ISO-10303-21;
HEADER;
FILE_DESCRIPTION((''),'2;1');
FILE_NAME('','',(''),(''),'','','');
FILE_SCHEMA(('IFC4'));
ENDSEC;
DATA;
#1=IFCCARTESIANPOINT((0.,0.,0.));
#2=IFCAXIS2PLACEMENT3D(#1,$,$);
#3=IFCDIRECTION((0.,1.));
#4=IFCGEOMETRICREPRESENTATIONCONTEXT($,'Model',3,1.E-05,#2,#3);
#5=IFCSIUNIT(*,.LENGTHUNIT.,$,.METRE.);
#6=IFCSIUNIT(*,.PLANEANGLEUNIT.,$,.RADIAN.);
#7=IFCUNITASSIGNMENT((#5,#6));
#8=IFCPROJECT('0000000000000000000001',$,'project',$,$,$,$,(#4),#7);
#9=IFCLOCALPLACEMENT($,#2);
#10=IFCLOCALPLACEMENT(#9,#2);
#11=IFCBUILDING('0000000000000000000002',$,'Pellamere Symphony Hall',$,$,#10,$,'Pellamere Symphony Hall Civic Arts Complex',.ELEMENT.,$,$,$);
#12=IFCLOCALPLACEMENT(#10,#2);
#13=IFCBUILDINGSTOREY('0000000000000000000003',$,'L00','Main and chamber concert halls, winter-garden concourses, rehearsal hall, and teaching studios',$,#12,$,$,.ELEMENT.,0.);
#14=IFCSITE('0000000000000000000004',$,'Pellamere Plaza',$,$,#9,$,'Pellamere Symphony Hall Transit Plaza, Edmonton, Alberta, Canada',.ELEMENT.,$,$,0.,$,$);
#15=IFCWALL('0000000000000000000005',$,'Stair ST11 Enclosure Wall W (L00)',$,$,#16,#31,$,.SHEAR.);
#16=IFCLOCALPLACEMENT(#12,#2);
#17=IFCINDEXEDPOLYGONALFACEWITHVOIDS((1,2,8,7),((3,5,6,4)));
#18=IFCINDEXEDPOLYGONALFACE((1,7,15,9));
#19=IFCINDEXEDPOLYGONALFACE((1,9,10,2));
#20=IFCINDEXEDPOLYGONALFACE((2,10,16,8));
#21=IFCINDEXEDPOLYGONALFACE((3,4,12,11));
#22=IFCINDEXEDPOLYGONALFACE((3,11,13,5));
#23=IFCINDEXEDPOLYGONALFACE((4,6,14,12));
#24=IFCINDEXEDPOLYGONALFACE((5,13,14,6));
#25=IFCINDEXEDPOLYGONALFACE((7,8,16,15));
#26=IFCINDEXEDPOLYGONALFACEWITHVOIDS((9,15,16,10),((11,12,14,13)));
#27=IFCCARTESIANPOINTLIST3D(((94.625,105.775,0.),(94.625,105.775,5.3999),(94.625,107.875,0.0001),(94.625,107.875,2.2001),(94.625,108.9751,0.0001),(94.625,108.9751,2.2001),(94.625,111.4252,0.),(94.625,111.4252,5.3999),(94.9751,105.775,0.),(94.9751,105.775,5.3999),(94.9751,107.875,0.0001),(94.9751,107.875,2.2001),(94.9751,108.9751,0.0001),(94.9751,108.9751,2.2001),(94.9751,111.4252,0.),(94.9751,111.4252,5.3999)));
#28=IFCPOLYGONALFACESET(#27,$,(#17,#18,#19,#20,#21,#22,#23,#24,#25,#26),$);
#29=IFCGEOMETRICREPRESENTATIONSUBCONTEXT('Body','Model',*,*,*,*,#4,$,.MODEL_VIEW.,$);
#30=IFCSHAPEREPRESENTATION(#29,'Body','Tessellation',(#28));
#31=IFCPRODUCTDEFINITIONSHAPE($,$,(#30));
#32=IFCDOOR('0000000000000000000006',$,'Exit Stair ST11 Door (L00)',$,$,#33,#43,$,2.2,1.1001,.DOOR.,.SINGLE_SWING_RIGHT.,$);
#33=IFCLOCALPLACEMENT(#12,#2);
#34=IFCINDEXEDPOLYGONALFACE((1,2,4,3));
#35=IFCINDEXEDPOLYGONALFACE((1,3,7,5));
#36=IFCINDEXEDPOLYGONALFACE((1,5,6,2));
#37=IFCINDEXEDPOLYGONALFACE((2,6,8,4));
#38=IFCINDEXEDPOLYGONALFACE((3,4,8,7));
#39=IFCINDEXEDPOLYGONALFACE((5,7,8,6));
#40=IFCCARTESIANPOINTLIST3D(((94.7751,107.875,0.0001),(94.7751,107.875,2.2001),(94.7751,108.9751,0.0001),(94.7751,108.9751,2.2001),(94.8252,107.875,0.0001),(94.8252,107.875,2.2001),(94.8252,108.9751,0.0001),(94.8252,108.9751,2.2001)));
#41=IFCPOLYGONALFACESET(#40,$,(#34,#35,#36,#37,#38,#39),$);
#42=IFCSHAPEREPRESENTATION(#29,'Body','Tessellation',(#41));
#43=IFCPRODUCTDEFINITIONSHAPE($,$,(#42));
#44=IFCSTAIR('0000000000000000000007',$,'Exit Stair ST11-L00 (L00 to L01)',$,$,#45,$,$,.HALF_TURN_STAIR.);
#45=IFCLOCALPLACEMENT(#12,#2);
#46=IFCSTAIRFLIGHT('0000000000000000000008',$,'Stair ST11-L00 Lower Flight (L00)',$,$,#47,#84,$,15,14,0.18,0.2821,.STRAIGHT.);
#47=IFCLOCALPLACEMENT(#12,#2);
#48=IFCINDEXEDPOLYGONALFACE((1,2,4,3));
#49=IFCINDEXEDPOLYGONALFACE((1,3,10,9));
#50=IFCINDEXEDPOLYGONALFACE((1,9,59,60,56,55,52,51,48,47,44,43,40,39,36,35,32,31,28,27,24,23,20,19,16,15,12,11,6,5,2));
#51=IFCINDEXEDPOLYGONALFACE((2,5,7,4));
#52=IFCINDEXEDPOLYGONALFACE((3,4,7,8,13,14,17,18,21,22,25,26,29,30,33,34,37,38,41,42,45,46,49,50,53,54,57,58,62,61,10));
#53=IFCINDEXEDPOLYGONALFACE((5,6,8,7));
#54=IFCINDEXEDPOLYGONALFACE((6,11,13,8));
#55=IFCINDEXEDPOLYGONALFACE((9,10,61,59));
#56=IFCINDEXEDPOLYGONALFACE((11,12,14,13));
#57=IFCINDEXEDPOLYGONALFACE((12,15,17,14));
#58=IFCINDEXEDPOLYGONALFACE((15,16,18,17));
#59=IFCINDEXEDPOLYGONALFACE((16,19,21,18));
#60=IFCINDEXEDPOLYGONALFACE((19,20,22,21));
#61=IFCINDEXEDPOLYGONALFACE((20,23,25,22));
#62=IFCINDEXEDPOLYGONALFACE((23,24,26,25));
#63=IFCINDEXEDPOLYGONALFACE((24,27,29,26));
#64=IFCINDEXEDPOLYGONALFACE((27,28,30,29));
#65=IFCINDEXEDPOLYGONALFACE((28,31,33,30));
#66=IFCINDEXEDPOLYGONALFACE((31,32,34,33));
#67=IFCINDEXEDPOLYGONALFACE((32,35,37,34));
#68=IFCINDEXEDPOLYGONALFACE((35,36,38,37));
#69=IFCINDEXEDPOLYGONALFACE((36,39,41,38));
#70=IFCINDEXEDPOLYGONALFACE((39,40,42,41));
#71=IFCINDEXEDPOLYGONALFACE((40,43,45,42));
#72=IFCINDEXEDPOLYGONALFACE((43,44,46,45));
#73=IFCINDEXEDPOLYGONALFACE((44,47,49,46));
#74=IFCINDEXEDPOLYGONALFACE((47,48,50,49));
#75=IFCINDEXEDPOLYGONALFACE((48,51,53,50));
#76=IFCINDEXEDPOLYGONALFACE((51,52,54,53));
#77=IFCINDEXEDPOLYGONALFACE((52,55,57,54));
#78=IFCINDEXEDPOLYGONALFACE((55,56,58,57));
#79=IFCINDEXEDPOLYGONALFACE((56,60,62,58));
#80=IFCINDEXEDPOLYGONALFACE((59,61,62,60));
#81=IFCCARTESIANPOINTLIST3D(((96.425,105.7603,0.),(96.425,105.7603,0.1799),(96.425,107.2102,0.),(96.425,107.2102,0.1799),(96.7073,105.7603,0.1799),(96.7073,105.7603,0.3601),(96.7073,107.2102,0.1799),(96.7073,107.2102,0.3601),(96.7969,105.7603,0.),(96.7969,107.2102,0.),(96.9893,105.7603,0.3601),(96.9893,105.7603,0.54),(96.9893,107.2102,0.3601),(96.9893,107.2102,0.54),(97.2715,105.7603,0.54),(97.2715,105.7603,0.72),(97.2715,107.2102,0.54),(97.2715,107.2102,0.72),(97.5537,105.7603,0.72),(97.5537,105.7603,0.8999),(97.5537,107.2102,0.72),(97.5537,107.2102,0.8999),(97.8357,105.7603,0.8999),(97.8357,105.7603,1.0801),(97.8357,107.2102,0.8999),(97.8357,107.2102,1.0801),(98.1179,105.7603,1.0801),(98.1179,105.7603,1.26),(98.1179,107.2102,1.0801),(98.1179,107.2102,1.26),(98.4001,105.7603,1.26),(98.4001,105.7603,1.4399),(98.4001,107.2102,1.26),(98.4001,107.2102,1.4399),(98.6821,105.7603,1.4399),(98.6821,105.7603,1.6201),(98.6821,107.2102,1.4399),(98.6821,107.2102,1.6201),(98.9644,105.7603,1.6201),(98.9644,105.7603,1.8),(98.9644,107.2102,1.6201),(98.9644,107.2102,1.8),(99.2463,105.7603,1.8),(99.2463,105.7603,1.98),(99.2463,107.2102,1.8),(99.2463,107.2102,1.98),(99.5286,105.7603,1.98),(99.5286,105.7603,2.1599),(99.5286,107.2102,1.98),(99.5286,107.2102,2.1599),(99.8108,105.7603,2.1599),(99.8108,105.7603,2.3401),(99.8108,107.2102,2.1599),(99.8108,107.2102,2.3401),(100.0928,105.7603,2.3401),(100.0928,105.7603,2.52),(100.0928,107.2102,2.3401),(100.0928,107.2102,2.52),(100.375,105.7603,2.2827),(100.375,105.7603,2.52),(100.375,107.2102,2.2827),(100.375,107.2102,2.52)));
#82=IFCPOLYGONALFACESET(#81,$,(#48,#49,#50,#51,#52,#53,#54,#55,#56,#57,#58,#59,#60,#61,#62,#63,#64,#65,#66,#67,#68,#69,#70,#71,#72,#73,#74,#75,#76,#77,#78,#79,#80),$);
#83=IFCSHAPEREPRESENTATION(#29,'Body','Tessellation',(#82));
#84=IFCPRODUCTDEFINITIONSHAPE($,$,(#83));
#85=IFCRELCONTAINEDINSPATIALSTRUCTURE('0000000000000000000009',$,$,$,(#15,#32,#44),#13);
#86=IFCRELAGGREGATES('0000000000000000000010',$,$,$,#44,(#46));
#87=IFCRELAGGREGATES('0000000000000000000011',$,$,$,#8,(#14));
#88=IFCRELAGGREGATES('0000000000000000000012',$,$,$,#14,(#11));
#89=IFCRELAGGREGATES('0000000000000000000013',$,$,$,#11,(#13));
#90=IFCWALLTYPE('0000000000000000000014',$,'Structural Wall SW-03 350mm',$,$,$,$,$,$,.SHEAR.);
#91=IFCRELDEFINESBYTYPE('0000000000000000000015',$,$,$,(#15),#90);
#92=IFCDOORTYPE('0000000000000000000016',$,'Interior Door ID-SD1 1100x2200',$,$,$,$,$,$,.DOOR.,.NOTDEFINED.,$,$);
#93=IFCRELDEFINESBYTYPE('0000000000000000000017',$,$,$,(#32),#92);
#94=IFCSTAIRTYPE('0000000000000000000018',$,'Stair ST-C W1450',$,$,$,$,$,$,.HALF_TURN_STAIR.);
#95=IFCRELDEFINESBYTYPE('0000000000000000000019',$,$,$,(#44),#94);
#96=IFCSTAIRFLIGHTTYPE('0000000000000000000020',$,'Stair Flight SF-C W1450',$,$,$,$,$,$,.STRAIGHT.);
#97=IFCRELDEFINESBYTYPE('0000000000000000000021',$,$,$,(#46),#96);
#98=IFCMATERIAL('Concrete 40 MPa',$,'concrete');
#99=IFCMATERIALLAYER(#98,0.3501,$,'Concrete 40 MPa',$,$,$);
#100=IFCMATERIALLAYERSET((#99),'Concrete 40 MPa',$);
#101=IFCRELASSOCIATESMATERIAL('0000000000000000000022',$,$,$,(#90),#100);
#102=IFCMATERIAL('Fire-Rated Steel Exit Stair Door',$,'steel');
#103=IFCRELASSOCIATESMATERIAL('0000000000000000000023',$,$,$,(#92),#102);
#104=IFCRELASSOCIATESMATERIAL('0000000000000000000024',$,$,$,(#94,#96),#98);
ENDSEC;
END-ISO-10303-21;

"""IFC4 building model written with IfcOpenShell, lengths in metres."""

from ifc_helpers import new_model, si_unit, direction, frame, frame_2d, origin, place, context, subcontext, project, spatial, polyline, rectangle, outline, extrude, material, layer, layer_set, type_object, element, fill, aggregate, save


model = new_model("IFC4")

# Units and contexts
model_context = context("Model", 3, precision=1e-05, world=origin(), true_north=direction((0.0, 1.0)))
body_context = subcontext(model_context, "Body", "Model", "MODEL_VIEW")
ifc_project = project(units=[si_unit("LENGTHUNIT", "METRE"), si_unit("PLANEANGLEUNIT", "RADIAN")], contexts=[model_context])

# Site, building, storey
site_placement = place(None, origin())
site = spatial("IfcSite", under=ifc_project, at=site_placement, Name="Pellamere Plaza", LongName="Pellamere Symphony Hall Transit Plaza, Edmonton, Alberta, Canada", CompositionType="ELEMENT", RefElevation=0.0)
building_placement = place(site_placement, origin())
building = spatial("IfcBuilding", under=site, at=building_placement, Name="Pellamere Symphony Hall", LongName="Pellamere Symphony Hall Civic Arts Complex", CompositionType="ELEMENT")
storey_placement = place(building_placement, origin())
storey = spatial("IfcBuildingStorey", under=building, at=storey_placement, Name="L00", Description="Main and chamber concert halls, winter-garden concourses, rehearsal hall, and teaching studios", CompositionType="ELEMENT", Elevation=0.0)

# Shared definitions
ifc_material_1 = material(Name="Concrete 40 MPa", Category="concrete")

# Shared definitions
ifc_layer = layer(ifc_material_1, 0.3501, Name="Concrete 40 MPa")
ifc_layer_set = layer_set([ifc_layer], Name="Concrete 40 MPa")
wall_type = type_object("IfcWallType", Name="Structural Wall SW-03 350mm", PredefinedType="SHEAR", material=ifc_layer_set)

# Wall, opening, door
wall_1_placement = place(storey_placement, frame((94.8, 105.7749, 0.0), z_axis=(0.0, 0.0, 1.0), x_axis=(0.0, 1.0, 0.0)))
wall_1 = element("IfcWall", 1, at=wall_1_placement, inside=storey, type_object=wall_type, Name="Stair ST11 Enclosure Wall W (L00)", PredefinedType="SHEAR", context=body_context, shape_type="SweptSolid", body=[
    extrude(rectangle(XDim=5.6501, YDim=0.3501, at=frame_2d((2.8252, 0.0))), origin(), (0.0, 0.0, 1.0), 5.3999),
])
opening_placement = place(wall_1_placement, frame((2.1001, 0.0, 0.0)))
opening = element("IfcOpeningElement", 2, at=opening_placement, cuts=wall_1, PredefinedType="OPENING", context=body_context, shape_type="SweptSolid", body=[
    extrude(rectangle(XDim=1.1001, YDim=2.2, at=frame_2d((0.55, 1.1001))), frame((0.0, 0.1851, 0.0), z_axis=(0.0, -1.0, 0.0), x_axis=(1.0, 0.0, 0.0)), (0.0, 0.0, 1.0), 0.3701),
])
ifc_material_2 = material(Name="Fire-Rated Steel Exit Stair Door", Category="steel")
door_type = type_object("IfcDoorType", Name="Interior Door ID-SD1 1100x2200", OperationType="NOTDEFINED", PredefinedType="DOOR", material=ifc_material_2)
door_placement = place(opening_placement, origin())
door = element("IfcDoor", 3, at=door_placement, inside=storey, type_object=door_type, Name="Exit Stair ST11 Door (L00)", OperationType="SINGLE_SWING_RIGHT", OverallHeight=2.2, OverallWidth=1.1001, PredefinedType="DOOR", context=body_context, shape_type="SweptSolid", body=[
    extrude(rectangle(XDim=1.1001, YDim=2.2, at=frame_2d((0.55, 1.1001))), frame((0.0, 0.0249, 0.0), z_axis=(0.0, -1.0, 0.0), x_axis=(1.0, 0.0, 0.0)), (0.0, 0.0, 1.0), 0.05),
])
fill(opening, door)

# Stair, stair flight
stair_type = type_object("IfcStairType", Name="Stair ST-C W1450", PredefinedType="HALF_TURN_STAIR", material=ifc_material_1)
stair_placement = place(storey_placement, origin())
stair = element("IfcStair", 4, at=stair_placement, inside=storey, type_object=stair_type, Name="Exit Stair ST11-L00 (L00 to L01)", PredefinedType="HALF_TURN_STAIR")
stair_flight_type = type_object("IfcStairFlightType", Name="Stair Flight SF-C W1450", PredefinedType="STRAIGHT", material=ifc_material_1)
stair_flight_placement = place(storey_placement, frame((96.425, 106.4851, 0.0), z_axis=(0.0, 0.0, 1.0), x_axis=(1.0, 0.0, 0.0)))
stair_flight = element("IfcStairFlight", 5, at=stair_flight_placement, type_object=stair_flight_type, Name="Stair ST11-L00 Lower Flight (L00)", NumberOfRisers=15, NumberOfTreads=14, PredefinedType="STRAIGHT", RiserHeight=0.18, TreadLength=0.2821, context=body_context, shape_type="SweptSolid", body=[
    extrude(outline(polyline([(0.0, 0.0), (0.0, 0.1799), (0.2822, 0.1799), (0.2822, 0.3601), (0.5642, 0.3601), (0.5642, 0.54), (0.8464, 0.54), (0.8464, 0.72), (1.1287, 0.72), (1.1287, 0.8999), (1.4106, 0.8999), (1.4106, 1.0801), (1.6929, 1.0801), (1.6929, 1.26), (1.9751, 1.26), (1.9751, 1.4399), (2.2571, 1.4399), (2.2571, 1.6201), (2.5393, 1.6201), (2.5393, 1.8), (2.8213, 1.8), (2.8213, 1.98), (3.1035, 1.98), (3.1035, 2.1599), (3.3857, 2.1599), (3.3857, 2.3401), (3.6677, 2.3401), (3.6677, 2.52), (3.95, 2.52), (3.95, 2.7), (3.95, 2.2827), (0.3718, 0.0), (0.0, 0.0)])), frame((0.0, 0.7251, 0.0), z_axis=(0.0, -1.0, 0.0), x_axis=(1.0, 0.0, 0.0)), (0.0, 0.0, 1.0), 1.45),
])
aggregate(stair, [stair_flight])

save(model, "model.ifc")
